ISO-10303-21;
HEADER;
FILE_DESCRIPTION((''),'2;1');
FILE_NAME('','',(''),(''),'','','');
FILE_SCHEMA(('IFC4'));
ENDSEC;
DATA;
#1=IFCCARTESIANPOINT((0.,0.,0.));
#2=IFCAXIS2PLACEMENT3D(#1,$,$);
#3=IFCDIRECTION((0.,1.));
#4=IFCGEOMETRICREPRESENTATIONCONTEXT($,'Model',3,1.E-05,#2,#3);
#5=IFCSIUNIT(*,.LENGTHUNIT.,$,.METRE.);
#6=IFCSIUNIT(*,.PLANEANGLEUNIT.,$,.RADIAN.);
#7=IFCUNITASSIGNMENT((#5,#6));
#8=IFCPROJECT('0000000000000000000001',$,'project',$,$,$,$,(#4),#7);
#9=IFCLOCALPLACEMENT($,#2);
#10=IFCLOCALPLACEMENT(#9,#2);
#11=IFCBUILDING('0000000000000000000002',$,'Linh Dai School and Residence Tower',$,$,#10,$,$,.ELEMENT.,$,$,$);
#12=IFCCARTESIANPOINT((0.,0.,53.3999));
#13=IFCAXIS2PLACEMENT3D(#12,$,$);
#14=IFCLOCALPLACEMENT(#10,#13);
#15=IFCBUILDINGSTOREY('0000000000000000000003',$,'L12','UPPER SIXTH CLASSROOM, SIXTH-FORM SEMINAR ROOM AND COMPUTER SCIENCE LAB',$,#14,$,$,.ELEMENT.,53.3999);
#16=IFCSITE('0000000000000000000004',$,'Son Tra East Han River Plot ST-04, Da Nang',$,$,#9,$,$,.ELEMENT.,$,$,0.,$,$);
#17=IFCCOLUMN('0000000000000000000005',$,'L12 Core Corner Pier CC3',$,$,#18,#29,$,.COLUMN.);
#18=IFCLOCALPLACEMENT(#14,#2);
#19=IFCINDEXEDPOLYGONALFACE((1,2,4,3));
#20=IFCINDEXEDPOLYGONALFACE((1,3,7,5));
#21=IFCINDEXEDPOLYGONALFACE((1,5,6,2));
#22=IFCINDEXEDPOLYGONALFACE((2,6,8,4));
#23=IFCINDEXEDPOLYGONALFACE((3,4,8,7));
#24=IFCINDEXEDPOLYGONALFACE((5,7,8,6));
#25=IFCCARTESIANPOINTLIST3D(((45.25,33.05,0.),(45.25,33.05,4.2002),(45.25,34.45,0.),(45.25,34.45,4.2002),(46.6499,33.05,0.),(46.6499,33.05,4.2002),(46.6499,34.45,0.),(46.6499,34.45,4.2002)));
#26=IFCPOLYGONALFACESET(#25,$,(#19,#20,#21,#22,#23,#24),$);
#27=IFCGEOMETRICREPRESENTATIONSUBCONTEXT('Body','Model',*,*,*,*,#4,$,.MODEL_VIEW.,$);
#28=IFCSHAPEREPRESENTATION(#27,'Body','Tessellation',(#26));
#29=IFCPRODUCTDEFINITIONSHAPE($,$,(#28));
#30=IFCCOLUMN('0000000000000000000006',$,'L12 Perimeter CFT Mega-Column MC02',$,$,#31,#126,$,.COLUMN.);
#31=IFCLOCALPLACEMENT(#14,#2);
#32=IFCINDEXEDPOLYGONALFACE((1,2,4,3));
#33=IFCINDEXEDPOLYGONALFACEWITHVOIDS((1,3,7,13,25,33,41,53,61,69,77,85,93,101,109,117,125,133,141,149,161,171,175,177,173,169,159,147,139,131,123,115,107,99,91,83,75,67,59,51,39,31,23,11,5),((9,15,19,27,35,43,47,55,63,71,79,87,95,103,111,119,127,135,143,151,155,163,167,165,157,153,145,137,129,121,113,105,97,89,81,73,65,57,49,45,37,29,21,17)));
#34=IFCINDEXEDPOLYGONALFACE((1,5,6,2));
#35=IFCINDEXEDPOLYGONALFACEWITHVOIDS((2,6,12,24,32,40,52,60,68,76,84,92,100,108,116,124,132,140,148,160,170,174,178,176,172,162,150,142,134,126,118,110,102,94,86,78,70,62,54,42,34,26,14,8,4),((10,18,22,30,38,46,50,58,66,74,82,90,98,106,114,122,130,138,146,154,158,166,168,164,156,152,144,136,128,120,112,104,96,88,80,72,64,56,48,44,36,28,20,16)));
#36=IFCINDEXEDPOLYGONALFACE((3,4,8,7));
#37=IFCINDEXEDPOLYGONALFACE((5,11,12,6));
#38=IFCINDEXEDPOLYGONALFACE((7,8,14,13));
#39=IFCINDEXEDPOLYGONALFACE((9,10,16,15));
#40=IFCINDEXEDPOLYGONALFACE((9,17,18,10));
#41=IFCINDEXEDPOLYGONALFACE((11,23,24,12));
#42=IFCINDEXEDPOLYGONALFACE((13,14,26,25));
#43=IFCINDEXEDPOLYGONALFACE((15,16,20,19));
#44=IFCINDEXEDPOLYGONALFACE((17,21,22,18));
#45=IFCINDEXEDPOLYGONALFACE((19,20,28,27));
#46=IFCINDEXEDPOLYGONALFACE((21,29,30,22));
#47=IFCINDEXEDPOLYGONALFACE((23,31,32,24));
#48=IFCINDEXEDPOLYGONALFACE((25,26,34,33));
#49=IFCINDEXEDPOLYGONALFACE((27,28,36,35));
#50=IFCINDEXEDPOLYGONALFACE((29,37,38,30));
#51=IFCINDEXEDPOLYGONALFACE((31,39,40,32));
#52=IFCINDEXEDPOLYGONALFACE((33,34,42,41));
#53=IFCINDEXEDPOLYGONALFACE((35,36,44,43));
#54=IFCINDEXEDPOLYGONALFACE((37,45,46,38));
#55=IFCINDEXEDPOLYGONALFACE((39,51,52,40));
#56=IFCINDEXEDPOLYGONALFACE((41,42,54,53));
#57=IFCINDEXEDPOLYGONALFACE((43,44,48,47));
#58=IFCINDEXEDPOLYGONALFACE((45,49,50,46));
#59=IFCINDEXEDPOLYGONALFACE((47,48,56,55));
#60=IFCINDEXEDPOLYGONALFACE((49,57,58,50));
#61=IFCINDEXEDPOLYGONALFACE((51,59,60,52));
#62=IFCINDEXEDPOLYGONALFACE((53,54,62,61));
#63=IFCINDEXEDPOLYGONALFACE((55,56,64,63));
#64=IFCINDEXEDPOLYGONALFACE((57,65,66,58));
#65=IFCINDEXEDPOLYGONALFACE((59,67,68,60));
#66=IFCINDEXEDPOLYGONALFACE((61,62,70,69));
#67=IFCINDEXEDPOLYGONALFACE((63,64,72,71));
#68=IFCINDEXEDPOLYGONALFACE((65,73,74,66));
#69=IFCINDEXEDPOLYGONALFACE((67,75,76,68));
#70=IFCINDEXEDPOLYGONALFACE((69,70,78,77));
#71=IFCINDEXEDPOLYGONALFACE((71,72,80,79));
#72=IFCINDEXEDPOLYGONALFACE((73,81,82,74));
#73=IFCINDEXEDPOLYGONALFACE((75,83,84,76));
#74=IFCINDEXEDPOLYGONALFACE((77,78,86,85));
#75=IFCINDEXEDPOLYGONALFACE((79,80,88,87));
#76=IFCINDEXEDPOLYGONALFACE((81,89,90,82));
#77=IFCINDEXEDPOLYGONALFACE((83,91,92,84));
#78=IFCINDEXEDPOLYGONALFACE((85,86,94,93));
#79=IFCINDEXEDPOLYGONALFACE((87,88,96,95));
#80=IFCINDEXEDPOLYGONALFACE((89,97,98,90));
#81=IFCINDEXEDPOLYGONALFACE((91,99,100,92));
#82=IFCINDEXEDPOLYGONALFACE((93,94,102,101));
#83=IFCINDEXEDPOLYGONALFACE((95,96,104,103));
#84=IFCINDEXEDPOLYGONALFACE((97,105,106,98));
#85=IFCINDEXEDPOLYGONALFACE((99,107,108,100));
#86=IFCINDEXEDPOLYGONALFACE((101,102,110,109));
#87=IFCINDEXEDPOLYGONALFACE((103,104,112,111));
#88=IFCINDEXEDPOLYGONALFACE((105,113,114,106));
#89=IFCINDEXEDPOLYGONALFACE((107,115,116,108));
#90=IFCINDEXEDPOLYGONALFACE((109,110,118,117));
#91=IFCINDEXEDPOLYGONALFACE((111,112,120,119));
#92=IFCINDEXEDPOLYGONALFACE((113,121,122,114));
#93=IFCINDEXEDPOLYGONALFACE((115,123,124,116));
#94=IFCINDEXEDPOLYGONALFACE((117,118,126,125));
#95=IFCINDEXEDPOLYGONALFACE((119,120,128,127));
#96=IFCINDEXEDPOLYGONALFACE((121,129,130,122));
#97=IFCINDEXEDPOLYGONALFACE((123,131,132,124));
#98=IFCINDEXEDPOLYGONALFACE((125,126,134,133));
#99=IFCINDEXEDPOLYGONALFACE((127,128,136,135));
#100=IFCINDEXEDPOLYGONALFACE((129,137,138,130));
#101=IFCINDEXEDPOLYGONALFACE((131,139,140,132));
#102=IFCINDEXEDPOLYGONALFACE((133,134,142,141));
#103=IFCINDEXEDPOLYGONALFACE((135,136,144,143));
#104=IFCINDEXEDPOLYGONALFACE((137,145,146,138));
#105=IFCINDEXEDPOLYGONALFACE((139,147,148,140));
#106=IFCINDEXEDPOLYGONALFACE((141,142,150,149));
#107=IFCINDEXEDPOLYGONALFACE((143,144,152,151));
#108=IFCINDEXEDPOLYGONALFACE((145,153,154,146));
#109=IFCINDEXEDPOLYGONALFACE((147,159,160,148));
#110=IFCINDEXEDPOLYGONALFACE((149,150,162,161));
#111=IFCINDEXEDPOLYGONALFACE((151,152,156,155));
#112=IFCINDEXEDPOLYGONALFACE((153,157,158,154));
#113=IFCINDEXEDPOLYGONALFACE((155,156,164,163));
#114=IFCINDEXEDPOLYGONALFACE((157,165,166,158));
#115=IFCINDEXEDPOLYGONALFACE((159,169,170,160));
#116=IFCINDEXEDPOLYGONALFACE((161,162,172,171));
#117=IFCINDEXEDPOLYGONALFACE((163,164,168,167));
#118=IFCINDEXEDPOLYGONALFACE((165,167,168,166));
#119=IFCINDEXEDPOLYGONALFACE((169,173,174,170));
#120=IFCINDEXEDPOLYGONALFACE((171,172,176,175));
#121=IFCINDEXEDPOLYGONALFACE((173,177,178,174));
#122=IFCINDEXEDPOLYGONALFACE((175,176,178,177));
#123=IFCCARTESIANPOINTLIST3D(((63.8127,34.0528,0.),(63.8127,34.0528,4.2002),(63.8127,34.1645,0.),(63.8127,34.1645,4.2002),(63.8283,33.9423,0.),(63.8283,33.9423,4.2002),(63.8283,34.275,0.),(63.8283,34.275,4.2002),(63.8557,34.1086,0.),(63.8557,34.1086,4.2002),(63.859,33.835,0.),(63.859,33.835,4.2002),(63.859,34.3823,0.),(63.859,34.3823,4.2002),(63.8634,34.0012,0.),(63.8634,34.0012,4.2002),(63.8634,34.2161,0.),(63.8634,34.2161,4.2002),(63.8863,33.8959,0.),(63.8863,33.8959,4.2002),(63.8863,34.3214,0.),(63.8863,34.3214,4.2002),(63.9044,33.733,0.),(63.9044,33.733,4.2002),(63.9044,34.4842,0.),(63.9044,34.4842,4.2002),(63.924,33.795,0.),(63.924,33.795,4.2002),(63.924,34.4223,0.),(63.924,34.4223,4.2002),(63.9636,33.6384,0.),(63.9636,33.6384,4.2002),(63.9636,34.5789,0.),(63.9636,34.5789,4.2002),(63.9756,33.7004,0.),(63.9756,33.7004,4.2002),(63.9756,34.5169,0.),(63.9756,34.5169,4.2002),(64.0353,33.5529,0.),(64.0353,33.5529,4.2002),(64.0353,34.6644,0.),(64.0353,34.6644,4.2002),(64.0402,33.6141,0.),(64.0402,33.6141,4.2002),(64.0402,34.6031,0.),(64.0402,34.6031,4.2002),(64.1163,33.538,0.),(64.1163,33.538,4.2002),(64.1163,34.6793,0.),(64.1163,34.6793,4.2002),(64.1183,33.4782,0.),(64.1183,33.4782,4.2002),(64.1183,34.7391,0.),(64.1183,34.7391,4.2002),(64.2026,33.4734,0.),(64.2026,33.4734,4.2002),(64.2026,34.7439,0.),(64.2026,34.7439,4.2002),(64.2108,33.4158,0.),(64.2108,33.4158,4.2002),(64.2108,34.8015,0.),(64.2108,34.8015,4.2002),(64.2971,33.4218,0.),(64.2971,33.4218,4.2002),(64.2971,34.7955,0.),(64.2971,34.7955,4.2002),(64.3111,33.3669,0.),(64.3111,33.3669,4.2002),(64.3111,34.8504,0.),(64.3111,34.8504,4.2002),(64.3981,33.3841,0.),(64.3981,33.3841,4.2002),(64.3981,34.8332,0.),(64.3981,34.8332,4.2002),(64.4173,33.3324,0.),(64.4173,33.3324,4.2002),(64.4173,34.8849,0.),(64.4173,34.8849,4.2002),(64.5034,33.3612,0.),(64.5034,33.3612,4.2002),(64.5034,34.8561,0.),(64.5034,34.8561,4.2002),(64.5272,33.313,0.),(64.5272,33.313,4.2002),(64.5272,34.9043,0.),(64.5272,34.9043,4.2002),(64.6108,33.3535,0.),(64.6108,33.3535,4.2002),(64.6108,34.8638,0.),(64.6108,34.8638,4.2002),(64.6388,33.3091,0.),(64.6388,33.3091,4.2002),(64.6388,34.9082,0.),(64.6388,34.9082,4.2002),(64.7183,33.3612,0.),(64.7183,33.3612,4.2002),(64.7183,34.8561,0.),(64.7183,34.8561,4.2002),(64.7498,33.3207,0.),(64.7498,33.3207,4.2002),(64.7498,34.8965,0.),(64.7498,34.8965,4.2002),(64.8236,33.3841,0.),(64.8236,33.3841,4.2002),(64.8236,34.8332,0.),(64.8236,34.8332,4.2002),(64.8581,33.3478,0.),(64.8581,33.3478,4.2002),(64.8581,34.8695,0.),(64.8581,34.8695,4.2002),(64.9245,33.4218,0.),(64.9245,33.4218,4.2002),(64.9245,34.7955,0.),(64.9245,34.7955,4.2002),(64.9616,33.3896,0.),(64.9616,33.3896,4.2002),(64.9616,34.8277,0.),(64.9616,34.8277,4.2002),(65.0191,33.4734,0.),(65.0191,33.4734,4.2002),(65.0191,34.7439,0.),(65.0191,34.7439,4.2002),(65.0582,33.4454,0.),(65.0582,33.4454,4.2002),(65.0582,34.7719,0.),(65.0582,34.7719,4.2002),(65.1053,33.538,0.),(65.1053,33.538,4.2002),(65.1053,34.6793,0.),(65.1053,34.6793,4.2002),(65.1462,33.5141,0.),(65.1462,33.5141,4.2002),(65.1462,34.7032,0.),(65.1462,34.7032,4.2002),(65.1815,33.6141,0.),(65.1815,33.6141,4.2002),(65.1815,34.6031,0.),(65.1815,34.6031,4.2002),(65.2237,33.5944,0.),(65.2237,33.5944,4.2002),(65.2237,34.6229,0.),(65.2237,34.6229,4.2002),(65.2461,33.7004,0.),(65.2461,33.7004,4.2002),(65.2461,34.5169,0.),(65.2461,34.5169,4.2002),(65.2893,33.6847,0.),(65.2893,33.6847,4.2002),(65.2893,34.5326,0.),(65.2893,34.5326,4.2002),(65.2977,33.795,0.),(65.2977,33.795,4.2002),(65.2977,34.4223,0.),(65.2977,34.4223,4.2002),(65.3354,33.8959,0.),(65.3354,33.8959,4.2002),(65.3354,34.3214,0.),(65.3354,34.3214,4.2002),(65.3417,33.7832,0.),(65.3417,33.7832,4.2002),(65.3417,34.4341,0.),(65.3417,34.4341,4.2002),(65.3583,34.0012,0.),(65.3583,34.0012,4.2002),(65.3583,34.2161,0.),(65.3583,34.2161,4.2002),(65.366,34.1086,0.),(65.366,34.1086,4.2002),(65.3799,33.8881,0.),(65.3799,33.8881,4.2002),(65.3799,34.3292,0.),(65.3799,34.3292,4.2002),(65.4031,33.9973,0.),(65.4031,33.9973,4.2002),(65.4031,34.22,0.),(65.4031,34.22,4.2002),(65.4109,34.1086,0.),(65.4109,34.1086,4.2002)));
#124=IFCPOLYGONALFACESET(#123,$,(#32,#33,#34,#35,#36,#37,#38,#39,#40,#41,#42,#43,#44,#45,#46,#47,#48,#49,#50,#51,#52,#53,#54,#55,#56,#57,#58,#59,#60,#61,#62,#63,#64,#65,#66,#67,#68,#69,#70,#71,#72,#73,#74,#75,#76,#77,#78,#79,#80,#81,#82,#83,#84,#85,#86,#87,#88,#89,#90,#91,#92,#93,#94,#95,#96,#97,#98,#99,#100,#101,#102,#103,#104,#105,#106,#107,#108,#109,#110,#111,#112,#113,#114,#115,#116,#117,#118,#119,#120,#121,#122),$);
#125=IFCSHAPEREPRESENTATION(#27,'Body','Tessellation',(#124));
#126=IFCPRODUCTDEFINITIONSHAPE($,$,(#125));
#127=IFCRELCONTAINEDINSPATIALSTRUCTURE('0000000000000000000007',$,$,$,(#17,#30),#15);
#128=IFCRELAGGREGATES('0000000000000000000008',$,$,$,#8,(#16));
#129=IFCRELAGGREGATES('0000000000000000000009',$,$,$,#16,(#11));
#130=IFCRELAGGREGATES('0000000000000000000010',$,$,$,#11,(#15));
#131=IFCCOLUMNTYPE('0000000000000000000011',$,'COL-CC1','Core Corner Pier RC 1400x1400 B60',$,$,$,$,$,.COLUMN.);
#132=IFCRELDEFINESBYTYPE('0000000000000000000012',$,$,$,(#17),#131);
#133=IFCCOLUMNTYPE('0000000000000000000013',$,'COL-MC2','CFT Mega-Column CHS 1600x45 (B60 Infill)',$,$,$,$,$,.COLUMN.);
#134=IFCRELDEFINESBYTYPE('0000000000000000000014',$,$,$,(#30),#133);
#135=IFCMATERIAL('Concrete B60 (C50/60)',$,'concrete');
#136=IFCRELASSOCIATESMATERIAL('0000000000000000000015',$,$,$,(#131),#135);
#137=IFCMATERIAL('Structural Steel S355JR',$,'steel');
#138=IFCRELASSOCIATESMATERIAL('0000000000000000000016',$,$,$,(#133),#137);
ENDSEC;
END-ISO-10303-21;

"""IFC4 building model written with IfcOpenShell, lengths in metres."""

from ifc_helpers import new_model, si_unit, direction, frame, origin, origin_2d, place, context, subcontext, project, spatial, rectangle, hollow_circle, extrude, material, material_profile, profile_set, type_object, element, save


model = new_model("IFC4")

# Units and contexts
model_context = context("Model", 3, precision=1e-05, world=origin(), true_north=direction((0.0, 1.0)))
body_context = subcontext(model_context, "Body", "Model", "MODEL_VIEW")
ifc_project = project(units=[si_unit("LENGTHUNIT", "METRE"), si_unit("PLANEANGLEUNIT", "RADIAN")], contexts=[model_context])

# Site, building, storey
site_placement = place(None, origin())
site = spatial("IfcSite", under=ifc_project, at=site_placement, Name="Son Tra East Han River Plot ST-04, Da Nang", CompositionType="ELEMENT", RefElevation=0.0)
building_placement = place(site_placement, origin())
building = spatial("IfcBuilding", under=site, at=building_placement, Name="Linh Dai School and Residence Tower", CompositionType="ELEMENT")
storey_placement = place(building_placement, frame((0.0, 0.0, 53.3999)))
storey = spatial("IfcBuildingStorey", under=building, at=storey_placement, Name="L12", Description="UPPER SIXTH CLASSROOM, SIXTH-FORM SEMINAR ROOM AND COMPUTER SCIENCE LAB", CompositionType="ELEMENT", Elevation=53.3999)

# Columns
ifc_material_1 = material(Name="Concrete B60 (C50/60)", Category="concrete")
ifc_material_profile_1 = material_profile(ifc_material_1, rectangle(XDim=1.3999, YDim=1.3999, at=origin_2d()), Name="RC 1400x1400")
ifc_profile_set_1 = profile_set([ifc_material_profile_1], Name="Concrete B60 (C50/60)")
column_type_1 = type_object("IfcColumnType", Name="COL-CC1", Description="Core Corner Pier RC 1400x1400 B60", PredefinedType="COLUMN", material=ifc_profile_set_1)
column_placement = place(storey_placement, frame((45.95, 33.75, 0.0), z_axis=(0.0, 0.0, 1.0), x_axis=(1.0, 0.0, 0.0)))
element("IfcColumn", 1, at=column_placement, inside=storey, type_object=column_type_1, Name="L12 Core Corner Pier CC3", PredefinedType="COLUMN", context=body_context, shape_type="SweptSolid", body=[
    extrude(rectangle(XDim=1.3999, YDim=1.3999, at=origin_2d()), origin(), (0.0, 0.0, 1.0), 4.2002),
])
ifc_material_2 = material(Name="Structural Steel S355JR", Category="steel")
ifc_material_profile_2 = material_profile(ifc_material_2, hollow_circle(Radius=0.8, WallThickness=0.0449, at=origin_2d()), Name="CHS 1600x45")
ifc_profile_set_2 = profile_set([ifc_material_profile_2], Name="Structural Steel S355JR")
column_type_2 = type_object("IfcColumnType", Name="COL-MC2", Description="CFT Mega-Column CHS 1600x45 (B60 Infill)", PredefinedType="COLUMN", material=ifc_profile_set_2)
for number, where, z_axis, x_axis, name in (
    (2, (64.6108, 34.1086, 0.0), (0.0, 0.0, 1.0), (1.0, 0.0, 0.0), "L12 Perimeter CFT Mega-Column MC02"),
):
    element("IfcColumn", number, at=place(storey_placement, frame(where, z_axis=z_axis, x_axis=x_axis)), inside=storey, type_object=column_type_2, Name=name, PredefinedType="COLUMN", context=body_context, shape_type="SweptSolid", body=[
        extrude(hollow_circle(Radius=0.8, WallThickness=0.0449, at=origin_2d()), origin(), (0.0, 0.0, 1.0), 4.2002),
    ])

save(model, "model.ifc")
